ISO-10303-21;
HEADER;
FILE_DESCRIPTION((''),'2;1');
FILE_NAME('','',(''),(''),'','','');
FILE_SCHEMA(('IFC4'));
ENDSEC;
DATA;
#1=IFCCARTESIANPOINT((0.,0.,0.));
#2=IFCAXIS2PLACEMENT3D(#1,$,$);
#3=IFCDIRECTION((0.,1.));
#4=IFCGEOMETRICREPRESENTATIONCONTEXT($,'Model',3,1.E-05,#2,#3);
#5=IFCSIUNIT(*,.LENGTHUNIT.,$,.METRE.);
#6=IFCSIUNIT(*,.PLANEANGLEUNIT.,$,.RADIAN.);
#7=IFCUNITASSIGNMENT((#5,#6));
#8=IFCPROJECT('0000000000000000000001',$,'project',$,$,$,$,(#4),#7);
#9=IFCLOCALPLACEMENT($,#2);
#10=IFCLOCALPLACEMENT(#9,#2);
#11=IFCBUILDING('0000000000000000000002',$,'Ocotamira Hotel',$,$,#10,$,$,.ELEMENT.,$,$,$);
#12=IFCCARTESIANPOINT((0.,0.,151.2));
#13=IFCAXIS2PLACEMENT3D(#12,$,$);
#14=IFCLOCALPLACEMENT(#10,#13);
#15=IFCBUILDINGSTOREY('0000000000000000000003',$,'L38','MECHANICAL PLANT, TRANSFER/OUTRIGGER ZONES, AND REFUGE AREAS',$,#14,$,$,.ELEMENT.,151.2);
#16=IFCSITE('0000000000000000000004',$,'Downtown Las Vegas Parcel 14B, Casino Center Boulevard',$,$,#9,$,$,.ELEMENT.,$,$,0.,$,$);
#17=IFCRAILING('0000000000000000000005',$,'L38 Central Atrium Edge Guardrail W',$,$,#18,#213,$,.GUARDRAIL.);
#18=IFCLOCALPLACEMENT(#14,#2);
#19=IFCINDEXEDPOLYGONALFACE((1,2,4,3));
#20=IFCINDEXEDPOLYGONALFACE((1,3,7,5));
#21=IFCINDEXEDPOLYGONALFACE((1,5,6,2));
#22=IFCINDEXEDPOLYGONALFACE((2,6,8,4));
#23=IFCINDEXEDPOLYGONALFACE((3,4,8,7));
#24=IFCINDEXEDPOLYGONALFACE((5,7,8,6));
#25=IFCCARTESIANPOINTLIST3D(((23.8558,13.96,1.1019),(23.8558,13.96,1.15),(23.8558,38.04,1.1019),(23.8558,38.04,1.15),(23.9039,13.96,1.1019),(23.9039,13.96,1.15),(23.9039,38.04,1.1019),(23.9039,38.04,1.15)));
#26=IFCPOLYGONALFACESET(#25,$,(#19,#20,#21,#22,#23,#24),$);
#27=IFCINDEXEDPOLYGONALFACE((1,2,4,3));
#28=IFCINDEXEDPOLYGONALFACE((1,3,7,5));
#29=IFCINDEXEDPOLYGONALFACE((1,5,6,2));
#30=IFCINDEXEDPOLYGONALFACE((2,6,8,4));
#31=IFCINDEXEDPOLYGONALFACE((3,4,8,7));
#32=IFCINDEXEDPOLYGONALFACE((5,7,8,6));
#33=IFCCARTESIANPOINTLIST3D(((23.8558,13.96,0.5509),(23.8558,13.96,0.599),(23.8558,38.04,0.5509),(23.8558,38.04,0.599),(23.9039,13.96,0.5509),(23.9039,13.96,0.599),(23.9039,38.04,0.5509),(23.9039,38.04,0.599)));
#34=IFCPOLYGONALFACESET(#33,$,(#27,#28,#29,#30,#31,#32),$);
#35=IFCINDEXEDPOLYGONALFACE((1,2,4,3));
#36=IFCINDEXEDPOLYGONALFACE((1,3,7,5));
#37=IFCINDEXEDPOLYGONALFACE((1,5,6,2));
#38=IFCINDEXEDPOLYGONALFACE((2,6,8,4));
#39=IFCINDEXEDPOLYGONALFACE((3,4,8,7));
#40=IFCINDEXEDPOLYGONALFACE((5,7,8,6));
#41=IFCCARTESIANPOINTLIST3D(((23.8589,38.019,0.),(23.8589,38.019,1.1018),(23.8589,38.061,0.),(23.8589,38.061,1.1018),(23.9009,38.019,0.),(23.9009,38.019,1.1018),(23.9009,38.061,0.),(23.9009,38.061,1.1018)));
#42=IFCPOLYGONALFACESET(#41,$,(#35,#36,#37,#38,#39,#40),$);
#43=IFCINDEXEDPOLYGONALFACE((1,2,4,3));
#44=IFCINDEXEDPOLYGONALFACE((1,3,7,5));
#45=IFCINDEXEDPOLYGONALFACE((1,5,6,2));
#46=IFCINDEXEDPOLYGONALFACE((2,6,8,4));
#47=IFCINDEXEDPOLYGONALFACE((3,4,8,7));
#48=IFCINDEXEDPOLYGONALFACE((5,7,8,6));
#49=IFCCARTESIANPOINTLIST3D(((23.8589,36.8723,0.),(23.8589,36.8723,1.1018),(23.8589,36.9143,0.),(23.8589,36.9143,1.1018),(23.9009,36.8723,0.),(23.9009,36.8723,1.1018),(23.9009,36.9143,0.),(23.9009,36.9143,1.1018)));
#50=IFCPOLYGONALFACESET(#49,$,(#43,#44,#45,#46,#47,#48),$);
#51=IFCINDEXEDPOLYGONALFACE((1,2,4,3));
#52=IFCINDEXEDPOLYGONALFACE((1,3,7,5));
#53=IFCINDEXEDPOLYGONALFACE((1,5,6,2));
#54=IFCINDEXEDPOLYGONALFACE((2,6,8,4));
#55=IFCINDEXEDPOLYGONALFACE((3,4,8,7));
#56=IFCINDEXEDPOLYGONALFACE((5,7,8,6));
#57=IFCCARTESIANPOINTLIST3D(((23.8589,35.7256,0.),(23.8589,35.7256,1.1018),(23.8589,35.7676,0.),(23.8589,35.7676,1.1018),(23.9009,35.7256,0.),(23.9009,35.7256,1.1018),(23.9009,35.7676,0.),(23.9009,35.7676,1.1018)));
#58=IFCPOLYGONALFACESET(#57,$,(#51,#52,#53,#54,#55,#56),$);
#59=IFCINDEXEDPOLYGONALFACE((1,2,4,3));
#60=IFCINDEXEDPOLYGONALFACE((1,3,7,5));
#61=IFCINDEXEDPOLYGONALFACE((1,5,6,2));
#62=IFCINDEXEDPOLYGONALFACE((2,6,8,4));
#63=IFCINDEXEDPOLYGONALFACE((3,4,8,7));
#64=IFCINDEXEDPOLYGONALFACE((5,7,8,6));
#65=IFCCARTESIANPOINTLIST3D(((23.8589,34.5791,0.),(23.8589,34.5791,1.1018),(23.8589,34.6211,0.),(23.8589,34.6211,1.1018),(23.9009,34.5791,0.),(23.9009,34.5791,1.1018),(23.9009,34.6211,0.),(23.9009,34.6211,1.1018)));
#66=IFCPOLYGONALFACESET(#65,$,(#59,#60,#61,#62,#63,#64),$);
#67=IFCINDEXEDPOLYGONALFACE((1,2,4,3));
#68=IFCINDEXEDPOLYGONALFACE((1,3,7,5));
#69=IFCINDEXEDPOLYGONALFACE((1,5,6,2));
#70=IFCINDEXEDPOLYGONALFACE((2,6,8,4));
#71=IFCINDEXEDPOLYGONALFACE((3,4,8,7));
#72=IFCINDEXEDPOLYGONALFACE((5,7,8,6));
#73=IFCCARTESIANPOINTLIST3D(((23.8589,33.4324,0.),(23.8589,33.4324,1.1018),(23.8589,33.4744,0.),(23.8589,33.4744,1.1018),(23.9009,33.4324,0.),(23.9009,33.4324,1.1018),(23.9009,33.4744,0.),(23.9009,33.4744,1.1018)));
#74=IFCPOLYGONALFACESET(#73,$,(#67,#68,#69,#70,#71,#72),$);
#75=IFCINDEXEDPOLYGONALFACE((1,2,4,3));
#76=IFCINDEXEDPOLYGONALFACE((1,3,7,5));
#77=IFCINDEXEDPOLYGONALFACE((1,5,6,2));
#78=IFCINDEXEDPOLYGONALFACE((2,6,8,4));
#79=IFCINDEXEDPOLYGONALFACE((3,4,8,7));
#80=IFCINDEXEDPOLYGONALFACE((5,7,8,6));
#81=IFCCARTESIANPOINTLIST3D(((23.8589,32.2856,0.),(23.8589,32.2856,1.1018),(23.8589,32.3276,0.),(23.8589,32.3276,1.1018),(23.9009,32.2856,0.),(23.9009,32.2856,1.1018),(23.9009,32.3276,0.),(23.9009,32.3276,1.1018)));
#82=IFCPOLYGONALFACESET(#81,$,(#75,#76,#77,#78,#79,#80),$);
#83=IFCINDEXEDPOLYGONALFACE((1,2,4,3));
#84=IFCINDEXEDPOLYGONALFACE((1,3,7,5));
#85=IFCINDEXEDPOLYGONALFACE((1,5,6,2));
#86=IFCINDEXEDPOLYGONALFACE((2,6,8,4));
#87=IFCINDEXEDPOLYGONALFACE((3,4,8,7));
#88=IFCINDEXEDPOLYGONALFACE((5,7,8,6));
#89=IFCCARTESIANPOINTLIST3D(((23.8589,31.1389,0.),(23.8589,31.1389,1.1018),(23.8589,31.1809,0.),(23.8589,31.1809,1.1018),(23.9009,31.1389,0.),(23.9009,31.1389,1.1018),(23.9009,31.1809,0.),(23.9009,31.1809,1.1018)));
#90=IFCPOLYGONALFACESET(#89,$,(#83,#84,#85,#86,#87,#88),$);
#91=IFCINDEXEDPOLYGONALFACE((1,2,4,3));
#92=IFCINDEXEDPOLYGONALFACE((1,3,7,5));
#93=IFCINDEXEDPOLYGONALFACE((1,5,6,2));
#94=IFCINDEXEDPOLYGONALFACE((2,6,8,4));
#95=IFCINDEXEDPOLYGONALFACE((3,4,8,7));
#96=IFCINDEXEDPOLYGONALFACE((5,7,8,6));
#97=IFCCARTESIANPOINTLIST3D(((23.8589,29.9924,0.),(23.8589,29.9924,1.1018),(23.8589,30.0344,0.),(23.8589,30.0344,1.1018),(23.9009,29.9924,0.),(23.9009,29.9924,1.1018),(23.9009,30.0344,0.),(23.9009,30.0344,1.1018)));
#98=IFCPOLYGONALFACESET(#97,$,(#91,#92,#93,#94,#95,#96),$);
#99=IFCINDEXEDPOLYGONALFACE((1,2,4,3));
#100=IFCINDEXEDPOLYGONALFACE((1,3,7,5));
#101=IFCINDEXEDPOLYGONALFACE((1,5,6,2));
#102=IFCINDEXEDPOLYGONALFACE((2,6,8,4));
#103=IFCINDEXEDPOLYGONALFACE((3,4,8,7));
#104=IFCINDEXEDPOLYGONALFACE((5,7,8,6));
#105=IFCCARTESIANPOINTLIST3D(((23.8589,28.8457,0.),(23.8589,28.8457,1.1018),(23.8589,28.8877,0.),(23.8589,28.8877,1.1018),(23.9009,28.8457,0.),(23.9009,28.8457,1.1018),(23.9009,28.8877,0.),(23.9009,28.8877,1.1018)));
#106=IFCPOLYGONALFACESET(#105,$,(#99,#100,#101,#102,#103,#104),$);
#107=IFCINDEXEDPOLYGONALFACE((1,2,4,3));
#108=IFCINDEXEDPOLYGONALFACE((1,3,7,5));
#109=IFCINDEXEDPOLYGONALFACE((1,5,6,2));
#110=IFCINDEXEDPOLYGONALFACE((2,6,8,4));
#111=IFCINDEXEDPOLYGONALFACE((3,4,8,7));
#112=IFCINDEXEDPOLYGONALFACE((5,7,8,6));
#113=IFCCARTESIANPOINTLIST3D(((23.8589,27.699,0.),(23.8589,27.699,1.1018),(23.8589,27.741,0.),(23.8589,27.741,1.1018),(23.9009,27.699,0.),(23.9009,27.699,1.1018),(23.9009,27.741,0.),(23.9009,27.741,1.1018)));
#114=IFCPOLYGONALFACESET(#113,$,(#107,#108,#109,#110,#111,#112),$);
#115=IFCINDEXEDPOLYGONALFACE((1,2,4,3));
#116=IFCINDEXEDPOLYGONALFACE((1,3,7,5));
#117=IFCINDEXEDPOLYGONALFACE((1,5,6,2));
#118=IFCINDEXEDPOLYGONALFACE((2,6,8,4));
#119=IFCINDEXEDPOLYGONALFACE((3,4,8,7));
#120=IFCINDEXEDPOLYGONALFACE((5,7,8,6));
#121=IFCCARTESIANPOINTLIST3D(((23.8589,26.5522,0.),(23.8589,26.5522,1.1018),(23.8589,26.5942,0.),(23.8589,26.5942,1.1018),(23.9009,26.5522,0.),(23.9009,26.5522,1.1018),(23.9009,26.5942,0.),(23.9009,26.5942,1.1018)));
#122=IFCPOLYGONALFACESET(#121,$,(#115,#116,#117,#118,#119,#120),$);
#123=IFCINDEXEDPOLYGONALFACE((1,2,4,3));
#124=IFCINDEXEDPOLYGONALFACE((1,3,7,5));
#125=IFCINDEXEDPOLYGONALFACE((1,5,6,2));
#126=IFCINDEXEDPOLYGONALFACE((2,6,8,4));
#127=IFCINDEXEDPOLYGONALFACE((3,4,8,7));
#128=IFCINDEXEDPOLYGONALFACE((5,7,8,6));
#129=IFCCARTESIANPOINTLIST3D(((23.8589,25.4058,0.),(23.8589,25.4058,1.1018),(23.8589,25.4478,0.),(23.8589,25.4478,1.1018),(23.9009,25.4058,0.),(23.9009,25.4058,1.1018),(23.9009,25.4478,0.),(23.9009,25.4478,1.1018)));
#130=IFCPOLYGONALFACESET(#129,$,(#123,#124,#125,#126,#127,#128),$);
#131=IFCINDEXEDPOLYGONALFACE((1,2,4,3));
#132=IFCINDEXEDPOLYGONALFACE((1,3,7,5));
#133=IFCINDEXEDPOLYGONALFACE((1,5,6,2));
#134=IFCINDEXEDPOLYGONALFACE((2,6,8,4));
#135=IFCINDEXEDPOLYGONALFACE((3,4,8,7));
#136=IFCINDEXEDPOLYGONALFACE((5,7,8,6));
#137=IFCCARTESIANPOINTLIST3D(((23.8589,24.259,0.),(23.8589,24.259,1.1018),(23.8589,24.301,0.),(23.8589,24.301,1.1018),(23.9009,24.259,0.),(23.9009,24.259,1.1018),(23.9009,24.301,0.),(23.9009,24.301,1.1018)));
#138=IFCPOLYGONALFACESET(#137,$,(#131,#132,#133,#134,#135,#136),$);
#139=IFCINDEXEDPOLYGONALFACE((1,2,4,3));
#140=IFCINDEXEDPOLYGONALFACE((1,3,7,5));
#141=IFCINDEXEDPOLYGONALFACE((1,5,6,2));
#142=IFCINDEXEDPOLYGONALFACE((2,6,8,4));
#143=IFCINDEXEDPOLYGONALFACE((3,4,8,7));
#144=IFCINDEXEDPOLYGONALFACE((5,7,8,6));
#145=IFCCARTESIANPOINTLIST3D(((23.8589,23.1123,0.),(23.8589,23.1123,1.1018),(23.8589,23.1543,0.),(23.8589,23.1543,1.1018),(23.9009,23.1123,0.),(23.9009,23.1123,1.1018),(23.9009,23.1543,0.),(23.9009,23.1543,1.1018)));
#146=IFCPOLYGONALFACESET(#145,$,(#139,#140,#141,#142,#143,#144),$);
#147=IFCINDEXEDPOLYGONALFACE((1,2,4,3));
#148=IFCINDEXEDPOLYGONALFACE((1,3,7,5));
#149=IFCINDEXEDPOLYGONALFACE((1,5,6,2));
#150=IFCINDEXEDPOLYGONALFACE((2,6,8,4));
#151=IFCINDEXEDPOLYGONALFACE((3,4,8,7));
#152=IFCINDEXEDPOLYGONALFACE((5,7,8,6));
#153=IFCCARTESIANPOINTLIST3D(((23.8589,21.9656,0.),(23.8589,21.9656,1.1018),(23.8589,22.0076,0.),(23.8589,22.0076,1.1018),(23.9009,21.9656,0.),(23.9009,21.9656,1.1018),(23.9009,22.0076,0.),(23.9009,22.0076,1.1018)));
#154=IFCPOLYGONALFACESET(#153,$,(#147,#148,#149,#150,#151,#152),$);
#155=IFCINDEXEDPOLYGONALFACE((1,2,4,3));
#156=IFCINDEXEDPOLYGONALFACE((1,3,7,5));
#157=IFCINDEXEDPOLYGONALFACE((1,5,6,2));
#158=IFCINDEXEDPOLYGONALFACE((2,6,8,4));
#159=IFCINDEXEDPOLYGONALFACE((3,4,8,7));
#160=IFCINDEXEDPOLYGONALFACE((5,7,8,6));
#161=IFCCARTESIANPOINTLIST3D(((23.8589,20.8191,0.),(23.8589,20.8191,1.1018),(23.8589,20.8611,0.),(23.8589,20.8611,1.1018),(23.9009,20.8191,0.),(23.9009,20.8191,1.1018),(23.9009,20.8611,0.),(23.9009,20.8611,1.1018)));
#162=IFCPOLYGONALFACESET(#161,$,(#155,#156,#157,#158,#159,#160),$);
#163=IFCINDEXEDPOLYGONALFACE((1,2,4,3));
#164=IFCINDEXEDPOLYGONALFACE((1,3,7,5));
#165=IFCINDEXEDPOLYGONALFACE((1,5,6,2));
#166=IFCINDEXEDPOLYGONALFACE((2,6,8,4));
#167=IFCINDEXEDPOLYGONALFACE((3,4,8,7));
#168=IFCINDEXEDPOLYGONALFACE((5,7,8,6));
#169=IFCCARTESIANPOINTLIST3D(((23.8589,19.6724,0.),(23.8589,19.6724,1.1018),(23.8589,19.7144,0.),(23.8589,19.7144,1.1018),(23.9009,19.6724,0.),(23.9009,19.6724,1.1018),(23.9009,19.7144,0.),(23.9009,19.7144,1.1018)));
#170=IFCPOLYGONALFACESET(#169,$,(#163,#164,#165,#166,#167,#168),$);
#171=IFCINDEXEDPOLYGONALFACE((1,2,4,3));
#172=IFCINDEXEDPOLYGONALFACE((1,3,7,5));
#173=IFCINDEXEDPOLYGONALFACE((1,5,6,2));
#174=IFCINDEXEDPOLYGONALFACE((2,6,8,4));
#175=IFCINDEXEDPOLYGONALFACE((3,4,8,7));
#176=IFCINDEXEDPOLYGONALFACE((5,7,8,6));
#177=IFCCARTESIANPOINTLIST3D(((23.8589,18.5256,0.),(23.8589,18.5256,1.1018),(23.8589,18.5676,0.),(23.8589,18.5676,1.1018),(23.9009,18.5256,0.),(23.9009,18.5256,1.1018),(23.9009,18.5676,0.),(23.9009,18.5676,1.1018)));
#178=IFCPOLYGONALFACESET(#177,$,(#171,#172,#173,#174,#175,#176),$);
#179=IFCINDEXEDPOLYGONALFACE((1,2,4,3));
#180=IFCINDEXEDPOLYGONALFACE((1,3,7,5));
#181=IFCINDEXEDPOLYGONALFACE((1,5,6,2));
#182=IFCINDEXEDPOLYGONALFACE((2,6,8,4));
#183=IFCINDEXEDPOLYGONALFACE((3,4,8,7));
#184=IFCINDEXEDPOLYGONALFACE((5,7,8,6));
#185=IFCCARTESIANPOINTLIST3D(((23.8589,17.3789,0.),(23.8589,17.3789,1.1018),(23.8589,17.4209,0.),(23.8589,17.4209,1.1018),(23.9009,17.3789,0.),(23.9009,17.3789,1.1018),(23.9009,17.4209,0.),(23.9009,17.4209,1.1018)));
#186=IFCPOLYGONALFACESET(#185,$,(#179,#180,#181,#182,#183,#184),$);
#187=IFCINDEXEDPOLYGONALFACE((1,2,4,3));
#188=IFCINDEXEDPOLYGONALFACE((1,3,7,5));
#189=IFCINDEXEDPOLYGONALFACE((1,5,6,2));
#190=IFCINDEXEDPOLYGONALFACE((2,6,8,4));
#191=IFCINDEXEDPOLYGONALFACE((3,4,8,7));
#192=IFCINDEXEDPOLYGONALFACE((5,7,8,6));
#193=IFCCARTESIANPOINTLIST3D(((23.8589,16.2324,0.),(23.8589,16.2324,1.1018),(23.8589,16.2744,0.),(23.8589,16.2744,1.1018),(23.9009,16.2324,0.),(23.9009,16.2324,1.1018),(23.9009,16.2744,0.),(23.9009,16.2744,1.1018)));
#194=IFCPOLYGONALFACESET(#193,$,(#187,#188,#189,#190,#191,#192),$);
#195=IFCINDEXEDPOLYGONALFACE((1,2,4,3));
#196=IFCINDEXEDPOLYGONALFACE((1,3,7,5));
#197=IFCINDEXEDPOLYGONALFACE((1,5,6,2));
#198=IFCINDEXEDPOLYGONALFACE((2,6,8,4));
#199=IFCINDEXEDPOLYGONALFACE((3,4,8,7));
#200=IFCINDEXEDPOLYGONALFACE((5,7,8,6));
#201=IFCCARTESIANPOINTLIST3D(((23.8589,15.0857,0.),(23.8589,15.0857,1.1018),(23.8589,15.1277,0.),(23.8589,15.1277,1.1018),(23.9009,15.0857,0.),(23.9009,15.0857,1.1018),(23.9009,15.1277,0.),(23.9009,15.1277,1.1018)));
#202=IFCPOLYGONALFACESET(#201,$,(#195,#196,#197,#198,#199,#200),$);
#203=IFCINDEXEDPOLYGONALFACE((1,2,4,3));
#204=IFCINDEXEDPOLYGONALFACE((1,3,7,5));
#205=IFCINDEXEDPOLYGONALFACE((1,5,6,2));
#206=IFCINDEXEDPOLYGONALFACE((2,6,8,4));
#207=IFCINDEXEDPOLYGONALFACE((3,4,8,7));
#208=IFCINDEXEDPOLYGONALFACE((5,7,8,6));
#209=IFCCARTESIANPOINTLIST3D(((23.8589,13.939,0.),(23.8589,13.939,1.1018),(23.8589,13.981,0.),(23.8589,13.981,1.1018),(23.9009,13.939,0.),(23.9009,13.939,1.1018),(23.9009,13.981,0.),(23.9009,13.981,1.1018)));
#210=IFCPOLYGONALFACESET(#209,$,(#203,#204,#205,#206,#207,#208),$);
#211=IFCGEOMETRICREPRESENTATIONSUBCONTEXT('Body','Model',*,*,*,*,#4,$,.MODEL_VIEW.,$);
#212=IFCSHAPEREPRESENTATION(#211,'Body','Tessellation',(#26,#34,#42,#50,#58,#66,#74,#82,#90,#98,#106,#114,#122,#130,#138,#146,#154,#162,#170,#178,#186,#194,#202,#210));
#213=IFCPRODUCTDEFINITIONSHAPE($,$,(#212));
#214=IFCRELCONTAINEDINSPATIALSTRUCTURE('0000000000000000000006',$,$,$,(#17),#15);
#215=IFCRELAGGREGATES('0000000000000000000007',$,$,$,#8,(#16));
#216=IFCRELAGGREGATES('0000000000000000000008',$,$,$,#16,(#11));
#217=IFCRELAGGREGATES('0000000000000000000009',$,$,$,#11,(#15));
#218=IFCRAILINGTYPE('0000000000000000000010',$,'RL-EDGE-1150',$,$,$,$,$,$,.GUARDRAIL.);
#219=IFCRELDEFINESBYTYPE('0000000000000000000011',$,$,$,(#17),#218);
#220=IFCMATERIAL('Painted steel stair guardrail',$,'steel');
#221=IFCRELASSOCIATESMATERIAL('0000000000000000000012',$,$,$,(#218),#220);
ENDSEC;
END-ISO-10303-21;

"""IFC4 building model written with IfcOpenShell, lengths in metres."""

from ifc_helpers import new_model, si_unit, direction, frame, origin, origin_2d, place, context, subcontext, project, spatial, rectangle, extrude, material, type_object, element, save


model = new_model("IFC4")

# Units and contexts
model_context = context("Model", 3, precision=1e-05, world=origin(), true_north=direction((0.0, 1.0)))
body_context = subcontext(model_context, "Body", "Model", "MODEL_VIEW")
ifc_project = project(units=[si_unit("LENGTHUNIT", "METRE"), si_unit("PLANEANGLEUNIT", "RADIAN")], contexts=[model_context])

# Site, building, storey
site_placement = place(None, origin())
site = spatial("IfcSite", under=ifc_project, at=site_placement, Name="Downtown Las Vegas Parcel 14B, Casino Center Boulevard", CompositionType="ELEMENT", RefElevation=0.0)
building_placement = place(site_placement, origin())
building = spatial("IfcBuilding", under=site, at=building_placement, Name="Ocotamira Hotel", CompositionType="ELEMENT")
storey_placement = place(building_placement, frame((0.0, 0.0, 151.2)))
storey = spatial("IfcBuildingStorey", under=building, at=storey_placement, Name="L38", Description="MECHANICAL PLANT, TRANSFER/OUTRIGGER ZONES, AND REFUGE AREAS", CompositionType="ELEMENT", Elevation=151.2)

# Railing
ifc_material_1 = material(Name="Painted steel stair guardrail", Category="steel")
railing_type = type_object("IfcRailingType", Name="RL-EDGE-1150", PredefinedType="GUARDRAIL", material=ifc_material_1)
railing_1_placement = place(storey_placement, frame((23.8799, 38.04, 0.0)))
element("IfcRailing", 1, at=railing_1_placement, inside=storey, type_object=railing_type, Name="L38 Central Atrium Edge Guardrail W", PredefinedType="GUARDRAIL", context=body_context, shape_type="SweptSolid", body=[
    extrude(rectangle(XDim=0.0481, YDim=0.0481, at=origin_2d()), frame((0.0, 0.0, 1.126), z_axis=(0.0, -1.0, 0.0), x_axis=(1.0, 0.0, 0.0)), (0.0, 0.0, 1.0), 24.0801),
    extrude(rectangle(XDim=0.0481, YDim=0.0481, at=origin_2d()), frame((0.0, 0.0, 0.575), z_axis=(0.0, -1.0, 0.0), x_axis=(1.0, 0.0, 0.0)), (0.0, 0.0, 1.0), 24.0801),
    extrude(rectangle(XDim=0.042, YDim=0.042, at=origin_2d()), origin(), (0.0, 0.0, 1.0), 1.1018),
    extrude(rectangle(XDim=0.042, YDim=0.042, at=origin_2d()), frame((0.0, -1.1467, 0.0)), (0.0, 0.0, 1.0), 1.1018),
    extrude(rectangle(XDim=0.042, YDim=0.042, at=origin_2d()), frame((0.0, -2.2935, 0.0)), (0.0, 0.0, 1.0), 1.1018),
    extrude(rectangle(XDim=0.042, YDim=0.042, at=origin_2d()), frame((0.0, -3.4399, 0.0)), (0.0, 0.0, 1.0), 1.1018),
    extrude(rectangle(XDim=0.042, YDim=0.042, at=origin_2d()), frame((0.0, -4.5867, 0.0)), (0.0, 0.0, 1.0), 1.1018),
    extrude(rectangle(XDim=0.042, YDim=0.042, at=origin_2d()), frame((0.0, -5.7334, 0.0)), (0.0, 0.0, 1.0), 1.1018),
    extrude(rectangle(XDim=0.042, YDim=0.042, at=origin_2d()), frame((0.0, -6.8801, 0.0)), (0.0, 0.0, 1.0), 1.1018),
    extrude(rectangle(XDim=0.042, YDim=0.042, at=origin_2d()), frame((0.0, -8.0266, 0.0)), (0.0, 0.0, 1.0), 1.1018),
    extrude(rectangle(XDim=0.042, YDim=0.042, at=origin_2d()), frame((0.0, -9.1733, 0.0)), (0.0, 0.0, 1.0), 1.1018),
    extrude(rectangle(XDim=0.042, YDim=0.042, at=origin_2d()), frame((0.0, -10.3201, 0.0)), (0.0, 0.0, 1.0), 1.1018),
    extrude(rectangle(XDim=0.042, YDim=0.042, at=origin_2d()), frame((0.0, -11.4668, 0.0)), (0.0, 0.0, 1.0), 1.1018),
    extrude(rectangle(XDim=0.042, YDim=0.042, at=origin_2d()), frame((0.0, -12.6133, 0.0)), (0.0, 0.0, 1.0), 1.1018),
    extrude(rectangle(XDim=0.042, YDim=0.042, at=origin_2d()), frame((0.0, -13.76, 0.0)), (0.0, 0.0, 1.0), 1.1018),
    extrude(rectangle(XDim=0.042, YDim=0.042, at=origin_2d()), frame((0.0, -14.9067, 0.0)), (0.0, 0.0, 1.0), 1.1018),
    extrude(rectangle(XDim=0.042, YDim=0.042, at=origin_2d()), frame((0.0, -16.0535, 0.0)), (0.0, 0.0, 1.0), 1.1018),
    extrude(rectangle(XDim=0.042, YDim=0.042, at=origin_2d()), frame((0.0, -17.2, 0.0)), (0.0, 0.0, 1.0), 1.1018),
    extrude(rectangle(XDim=0.042, YDim=0.042, at=origin_2d()), frame((0.0, -18.3467, 0.0)), (0.0, 0.0, 1.0), 1.1018),
    extrude(rectangle(XDim=0.042, YDim=0.042, at=origin_2d()), frame((0.0, -19.4934, 0.0)), (0.0, 0.0, 1.0), 1.1018),
    extrude(rectangle(XDim=0.042, YDim=0.042, at=origin_2d()), frame((0.0, -20.6401, 0.0)), (0.0, 0.0, 1.0), 1.1018),
    extrude(rectangle(XDim=0.042, YDim=0.042, at=origin_2d()), frame((0.0, -21.7866, 0.0)), (0.0, 0.0, 1.0), 1.1018),
    extrude(rectangle(XDim=0.042, YDim=0.042, at=origin_2d()), frame((0.0, -22.9333, 0.0)), (0.0, 0.0, 1.0), 1.1018),
    extrude(rectangle(XDim=0.042, YDim=0.042, at=origin_2d()), frame((0.0, -24.0801, 0.0)), (0.0, 0.0, 1.0), 1.1018),
])

save(model, "model.ifc")
